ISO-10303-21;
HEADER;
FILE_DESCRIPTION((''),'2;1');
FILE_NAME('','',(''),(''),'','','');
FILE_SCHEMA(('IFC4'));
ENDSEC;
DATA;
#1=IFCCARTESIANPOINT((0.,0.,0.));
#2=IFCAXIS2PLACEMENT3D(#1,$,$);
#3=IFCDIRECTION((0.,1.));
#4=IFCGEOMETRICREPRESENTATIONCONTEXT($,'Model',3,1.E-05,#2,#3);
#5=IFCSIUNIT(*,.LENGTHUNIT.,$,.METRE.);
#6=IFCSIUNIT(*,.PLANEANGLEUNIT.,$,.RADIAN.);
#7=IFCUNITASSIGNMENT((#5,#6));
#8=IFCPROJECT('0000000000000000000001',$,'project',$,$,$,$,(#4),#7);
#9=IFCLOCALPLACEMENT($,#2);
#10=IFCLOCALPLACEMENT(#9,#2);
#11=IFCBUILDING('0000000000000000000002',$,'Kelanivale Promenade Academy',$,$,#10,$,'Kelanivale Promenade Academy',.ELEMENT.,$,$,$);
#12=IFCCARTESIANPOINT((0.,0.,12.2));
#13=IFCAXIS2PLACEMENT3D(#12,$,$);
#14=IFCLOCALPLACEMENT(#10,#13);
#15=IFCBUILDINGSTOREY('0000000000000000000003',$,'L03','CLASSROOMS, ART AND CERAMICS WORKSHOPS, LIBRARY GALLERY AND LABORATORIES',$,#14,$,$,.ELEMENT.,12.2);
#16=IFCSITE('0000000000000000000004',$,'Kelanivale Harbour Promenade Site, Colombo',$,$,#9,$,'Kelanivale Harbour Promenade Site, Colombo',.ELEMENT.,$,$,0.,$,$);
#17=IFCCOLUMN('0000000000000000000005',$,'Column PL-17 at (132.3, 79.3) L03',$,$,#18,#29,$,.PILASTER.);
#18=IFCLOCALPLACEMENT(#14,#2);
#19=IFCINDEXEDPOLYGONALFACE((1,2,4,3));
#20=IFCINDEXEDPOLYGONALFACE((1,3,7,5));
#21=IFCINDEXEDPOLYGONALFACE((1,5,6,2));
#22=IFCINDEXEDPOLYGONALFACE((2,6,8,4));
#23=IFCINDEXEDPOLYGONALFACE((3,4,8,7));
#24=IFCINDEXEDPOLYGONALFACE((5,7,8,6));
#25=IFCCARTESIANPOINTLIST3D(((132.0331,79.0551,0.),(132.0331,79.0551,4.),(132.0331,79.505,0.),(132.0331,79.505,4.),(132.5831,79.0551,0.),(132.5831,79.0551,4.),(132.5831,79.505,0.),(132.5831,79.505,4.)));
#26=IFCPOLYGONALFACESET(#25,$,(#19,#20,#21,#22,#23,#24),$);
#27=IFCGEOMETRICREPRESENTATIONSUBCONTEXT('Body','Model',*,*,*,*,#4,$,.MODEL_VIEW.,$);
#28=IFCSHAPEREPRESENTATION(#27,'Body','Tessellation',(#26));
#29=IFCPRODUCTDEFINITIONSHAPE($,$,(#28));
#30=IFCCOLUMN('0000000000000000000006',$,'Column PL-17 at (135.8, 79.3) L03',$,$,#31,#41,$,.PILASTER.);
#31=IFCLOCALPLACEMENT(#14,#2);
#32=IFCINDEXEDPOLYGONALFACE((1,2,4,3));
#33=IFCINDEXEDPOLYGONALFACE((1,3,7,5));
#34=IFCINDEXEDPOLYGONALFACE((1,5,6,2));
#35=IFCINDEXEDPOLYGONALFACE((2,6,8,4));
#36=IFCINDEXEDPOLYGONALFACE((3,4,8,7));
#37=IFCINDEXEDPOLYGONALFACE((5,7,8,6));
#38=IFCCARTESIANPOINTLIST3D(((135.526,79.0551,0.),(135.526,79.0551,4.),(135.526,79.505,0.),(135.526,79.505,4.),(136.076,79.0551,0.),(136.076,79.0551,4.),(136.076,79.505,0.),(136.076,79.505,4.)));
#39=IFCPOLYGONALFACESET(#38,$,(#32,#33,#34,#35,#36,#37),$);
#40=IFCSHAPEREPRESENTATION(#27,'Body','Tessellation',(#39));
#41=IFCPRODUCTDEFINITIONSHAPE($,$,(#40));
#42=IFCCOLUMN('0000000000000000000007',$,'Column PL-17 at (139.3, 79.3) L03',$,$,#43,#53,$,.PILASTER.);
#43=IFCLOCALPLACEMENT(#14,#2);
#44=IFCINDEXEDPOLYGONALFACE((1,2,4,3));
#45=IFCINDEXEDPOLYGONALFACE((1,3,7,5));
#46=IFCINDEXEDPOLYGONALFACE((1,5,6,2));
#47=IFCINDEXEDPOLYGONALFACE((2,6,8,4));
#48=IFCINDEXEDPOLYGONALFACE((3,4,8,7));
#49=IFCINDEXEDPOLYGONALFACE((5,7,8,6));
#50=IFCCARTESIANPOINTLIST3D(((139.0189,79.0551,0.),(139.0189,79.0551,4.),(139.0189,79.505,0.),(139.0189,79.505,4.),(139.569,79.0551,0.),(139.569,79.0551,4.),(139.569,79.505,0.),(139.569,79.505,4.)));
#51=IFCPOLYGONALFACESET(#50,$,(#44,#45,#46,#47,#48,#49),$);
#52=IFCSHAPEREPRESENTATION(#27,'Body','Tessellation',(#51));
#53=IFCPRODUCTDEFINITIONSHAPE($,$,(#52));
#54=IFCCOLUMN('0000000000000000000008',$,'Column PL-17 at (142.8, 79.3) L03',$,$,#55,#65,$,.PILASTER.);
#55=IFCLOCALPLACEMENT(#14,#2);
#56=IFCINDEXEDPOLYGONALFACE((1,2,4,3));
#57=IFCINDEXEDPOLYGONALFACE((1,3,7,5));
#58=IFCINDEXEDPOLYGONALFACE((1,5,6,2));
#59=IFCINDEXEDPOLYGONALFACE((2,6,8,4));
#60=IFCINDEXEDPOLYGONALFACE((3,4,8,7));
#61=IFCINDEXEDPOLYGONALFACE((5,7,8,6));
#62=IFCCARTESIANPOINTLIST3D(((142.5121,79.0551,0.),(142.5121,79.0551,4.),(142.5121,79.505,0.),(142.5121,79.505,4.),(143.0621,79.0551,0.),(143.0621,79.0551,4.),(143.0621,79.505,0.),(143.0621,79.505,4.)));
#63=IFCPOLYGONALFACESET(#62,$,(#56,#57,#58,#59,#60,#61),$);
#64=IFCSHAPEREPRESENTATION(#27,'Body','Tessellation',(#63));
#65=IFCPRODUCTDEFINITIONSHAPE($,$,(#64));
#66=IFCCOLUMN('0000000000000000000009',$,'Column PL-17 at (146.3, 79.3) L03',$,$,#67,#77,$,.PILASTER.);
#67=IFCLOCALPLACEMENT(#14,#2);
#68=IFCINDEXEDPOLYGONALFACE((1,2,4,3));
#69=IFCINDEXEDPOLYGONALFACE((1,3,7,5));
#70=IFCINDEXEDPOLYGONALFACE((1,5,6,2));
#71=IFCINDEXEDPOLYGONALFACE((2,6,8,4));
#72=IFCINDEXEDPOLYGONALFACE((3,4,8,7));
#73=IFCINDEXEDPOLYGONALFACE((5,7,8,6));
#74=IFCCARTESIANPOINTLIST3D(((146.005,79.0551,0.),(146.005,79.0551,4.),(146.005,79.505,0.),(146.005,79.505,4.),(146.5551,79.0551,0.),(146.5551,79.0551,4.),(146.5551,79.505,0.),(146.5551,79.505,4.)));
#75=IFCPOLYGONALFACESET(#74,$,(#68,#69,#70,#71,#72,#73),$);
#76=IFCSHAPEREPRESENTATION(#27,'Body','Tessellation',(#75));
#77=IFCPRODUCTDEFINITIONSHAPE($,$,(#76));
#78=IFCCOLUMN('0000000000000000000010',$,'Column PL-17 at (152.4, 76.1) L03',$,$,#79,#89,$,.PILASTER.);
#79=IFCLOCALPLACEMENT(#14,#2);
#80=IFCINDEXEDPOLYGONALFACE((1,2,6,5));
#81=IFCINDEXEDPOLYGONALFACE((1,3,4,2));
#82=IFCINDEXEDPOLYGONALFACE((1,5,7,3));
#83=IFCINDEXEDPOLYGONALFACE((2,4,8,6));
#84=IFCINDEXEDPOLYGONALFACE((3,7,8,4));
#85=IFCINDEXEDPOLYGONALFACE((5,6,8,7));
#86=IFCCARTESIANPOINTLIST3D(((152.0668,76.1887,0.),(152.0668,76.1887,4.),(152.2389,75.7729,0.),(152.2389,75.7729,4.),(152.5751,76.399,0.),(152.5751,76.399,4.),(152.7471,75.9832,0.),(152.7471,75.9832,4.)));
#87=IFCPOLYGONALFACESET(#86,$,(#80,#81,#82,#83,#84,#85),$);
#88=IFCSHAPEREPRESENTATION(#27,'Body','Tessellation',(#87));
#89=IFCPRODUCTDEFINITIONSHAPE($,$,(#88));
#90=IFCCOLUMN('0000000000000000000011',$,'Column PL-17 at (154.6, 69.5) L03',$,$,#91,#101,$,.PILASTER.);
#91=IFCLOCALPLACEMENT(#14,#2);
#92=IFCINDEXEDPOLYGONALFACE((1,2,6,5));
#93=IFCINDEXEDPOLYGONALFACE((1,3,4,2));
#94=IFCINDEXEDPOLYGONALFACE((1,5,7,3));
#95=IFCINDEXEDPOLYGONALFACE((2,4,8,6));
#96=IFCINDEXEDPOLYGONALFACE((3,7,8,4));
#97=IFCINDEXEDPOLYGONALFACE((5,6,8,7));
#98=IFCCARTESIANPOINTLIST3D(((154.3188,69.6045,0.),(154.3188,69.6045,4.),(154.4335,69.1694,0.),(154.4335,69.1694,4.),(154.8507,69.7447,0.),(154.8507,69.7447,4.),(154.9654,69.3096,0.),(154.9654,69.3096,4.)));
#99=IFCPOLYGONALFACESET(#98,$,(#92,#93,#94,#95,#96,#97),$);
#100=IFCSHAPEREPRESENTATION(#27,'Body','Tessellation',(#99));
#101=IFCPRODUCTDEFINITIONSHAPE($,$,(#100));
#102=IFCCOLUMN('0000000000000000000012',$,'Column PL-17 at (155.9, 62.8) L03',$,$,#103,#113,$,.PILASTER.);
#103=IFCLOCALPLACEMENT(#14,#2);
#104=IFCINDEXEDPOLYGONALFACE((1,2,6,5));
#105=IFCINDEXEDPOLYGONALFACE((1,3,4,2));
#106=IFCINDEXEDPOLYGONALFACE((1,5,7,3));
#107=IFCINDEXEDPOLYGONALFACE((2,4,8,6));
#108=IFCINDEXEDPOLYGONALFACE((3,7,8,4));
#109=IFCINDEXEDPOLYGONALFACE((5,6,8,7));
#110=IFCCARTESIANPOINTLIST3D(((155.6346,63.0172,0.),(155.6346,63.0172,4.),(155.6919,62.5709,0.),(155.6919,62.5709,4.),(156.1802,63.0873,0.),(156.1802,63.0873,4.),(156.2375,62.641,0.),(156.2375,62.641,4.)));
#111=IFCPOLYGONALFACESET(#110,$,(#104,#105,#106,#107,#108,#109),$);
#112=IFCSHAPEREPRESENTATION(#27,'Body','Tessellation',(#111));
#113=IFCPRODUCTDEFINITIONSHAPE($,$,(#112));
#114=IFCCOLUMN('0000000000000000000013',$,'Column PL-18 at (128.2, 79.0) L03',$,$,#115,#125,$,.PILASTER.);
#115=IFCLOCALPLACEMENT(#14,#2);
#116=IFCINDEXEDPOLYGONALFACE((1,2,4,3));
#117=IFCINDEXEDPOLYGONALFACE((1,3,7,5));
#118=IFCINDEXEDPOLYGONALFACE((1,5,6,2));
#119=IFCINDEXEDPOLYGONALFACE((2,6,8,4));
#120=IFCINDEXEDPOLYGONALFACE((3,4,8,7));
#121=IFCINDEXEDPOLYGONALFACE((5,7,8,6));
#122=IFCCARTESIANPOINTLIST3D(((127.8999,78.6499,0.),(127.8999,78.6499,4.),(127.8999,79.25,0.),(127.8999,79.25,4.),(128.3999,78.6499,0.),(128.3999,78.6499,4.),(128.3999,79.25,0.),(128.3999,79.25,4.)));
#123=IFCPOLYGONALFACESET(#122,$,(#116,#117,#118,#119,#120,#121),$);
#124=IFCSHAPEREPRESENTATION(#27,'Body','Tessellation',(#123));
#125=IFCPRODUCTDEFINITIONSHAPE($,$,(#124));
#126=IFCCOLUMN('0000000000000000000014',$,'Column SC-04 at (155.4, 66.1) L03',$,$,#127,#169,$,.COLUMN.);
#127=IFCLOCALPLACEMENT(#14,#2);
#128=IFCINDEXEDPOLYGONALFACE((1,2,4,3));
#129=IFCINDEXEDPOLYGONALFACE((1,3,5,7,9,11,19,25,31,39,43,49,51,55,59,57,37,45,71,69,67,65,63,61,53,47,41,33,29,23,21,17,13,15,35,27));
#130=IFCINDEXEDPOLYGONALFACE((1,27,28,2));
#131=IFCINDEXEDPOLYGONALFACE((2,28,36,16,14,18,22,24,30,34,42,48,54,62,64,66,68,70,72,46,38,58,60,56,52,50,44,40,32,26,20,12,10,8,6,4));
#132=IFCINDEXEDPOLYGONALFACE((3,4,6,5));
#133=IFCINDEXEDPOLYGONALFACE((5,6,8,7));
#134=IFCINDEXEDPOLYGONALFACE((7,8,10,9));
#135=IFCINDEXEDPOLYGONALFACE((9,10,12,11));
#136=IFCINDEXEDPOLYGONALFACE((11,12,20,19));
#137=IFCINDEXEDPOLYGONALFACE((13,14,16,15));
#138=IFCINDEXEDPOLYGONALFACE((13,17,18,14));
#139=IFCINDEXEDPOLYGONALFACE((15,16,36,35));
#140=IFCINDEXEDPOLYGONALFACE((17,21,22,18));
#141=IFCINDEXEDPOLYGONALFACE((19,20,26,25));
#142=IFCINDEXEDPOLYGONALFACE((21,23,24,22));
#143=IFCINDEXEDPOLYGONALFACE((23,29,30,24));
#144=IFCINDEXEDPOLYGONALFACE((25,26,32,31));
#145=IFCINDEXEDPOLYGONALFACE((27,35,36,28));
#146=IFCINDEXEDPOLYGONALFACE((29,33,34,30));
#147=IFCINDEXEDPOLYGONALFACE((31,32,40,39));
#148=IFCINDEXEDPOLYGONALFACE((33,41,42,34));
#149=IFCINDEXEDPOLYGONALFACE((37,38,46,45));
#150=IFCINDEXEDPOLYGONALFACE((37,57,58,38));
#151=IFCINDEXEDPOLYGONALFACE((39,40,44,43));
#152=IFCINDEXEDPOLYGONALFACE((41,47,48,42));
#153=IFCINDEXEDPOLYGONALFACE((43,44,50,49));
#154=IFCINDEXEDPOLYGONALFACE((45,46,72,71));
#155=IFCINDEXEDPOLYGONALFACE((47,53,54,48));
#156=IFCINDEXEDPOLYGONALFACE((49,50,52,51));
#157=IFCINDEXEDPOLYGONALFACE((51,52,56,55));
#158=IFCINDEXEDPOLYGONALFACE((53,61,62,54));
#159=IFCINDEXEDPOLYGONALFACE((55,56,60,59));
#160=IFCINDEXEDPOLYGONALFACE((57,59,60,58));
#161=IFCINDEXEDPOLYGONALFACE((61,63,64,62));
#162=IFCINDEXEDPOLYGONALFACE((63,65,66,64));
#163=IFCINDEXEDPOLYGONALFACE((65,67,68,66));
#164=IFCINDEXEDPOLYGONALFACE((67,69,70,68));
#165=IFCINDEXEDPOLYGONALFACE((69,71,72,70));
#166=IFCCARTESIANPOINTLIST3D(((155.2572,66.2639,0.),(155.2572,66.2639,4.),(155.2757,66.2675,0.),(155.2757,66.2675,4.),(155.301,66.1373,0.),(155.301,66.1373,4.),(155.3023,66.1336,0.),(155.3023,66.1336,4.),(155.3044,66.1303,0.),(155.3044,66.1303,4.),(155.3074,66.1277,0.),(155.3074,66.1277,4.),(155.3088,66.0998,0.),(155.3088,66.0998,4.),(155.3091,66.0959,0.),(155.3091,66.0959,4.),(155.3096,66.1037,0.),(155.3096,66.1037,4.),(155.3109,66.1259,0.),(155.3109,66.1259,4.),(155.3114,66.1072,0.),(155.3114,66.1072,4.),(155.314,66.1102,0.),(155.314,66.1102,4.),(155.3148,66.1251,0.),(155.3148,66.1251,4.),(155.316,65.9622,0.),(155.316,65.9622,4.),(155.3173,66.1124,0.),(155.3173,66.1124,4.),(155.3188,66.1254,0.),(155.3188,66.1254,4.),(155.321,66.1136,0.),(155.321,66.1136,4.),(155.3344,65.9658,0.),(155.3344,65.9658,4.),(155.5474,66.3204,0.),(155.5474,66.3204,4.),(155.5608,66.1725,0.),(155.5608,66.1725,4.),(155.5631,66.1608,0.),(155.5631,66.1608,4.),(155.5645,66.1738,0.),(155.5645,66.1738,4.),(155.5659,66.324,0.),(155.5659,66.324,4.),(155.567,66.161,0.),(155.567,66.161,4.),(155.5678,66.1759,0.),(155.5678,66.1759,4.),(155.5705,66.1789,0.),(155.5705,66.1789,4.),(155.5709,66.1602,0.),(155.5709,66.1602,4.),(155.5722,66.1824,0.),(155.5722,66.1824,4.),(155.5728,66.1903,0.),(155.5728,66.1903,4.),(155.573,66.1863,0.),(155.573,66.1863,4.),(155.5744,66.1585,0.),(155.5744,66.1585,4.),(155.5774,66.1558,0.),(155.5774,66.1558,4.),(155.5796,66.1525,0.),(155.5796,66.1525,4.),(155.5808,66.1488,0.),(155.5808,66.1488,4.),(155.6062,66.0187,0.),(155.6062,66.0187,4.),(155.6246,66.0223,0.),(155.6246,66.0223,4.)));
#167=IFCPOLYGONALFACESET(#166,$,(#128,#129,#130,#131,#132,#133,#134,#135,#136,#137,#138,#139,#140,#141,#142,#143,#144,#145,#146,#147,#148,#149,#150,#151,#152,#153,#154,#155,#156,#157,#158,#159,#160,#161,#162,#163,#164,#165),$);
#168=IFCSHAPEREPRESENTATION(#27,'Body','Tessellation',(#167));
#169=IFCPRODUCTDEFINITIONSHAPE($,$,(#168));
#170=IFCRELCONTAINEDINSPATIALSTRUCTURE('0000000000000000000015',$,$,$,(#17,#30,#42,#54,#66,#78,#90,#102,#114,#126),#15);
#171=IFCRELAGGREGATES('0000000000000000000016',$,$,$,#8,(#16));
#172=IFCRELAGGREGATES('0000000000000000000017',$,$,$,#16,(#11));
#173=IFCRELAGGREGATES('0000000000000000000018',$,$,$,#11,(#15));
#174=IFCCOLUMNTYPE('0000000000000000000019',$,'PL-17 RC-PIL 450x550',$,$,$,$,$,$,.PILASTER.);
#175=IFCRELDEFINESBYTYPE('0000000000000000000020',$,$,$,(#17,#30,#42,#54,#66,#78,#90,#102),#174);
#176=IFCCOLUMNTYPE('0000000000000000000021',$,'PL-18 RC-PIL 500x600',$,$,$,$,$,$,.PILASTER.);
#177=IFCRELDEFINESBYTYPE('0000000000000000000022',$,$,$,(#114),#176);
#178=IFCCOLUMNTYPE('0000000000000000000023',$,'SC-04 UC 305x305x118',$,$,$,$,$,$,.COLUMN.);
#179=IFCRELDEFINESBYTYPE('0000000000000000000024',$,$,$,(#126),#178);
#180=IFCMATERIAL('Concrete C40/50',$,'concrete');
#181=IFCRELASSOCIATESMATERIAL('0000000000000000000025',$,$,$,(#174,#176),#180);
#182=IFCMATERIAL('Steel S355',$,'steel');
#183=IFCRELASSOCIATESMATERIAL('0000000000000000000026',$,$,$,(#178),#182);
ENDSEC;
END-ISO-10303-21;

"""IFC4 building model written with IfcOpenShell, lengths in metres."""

from ifc_helpers import new_model, si_unit, direction, frame, origin, origin_2d, place, context, subcontext, project, spatial, rectangle, i_section, extrude, material, material_profile, profile_set, type_object, element, save


model = new_model("IFC4")

# Units and contexts
model_context = context("Model", 3, precision=1e-05, world=origin(), true_north=direction((0.0, 1.0)))
body_context = subcontext(model_context, "Body", "Model", "MODEL_VIEW")
ifc_project = project(units=[si_unit("LENGTHUNIT", "METRE"), si_unit("PLANEANGLEUNIT", "RADIAN")], contexts=[model_context])

# Site, building, storey
site_placement = place(None, origin())
site = spatial("IfcSite", under=ifc_project, at=site_placement, Name="Kelanivale Harbour Promenade Site, Colombo", LongName="Kelanivale Harbour Promenade Site, Colombo", CompositionType="ELEMENT", RefElevation=0.0)
building_placement = place(site_placement, origin())
building = spatial("IfcBuilding", under=site, at=building_placement, Name="Kelanivale Promenade Academy", LongName="Kelanivale Promenade Academy", CompositionType="ELEMENT")
storey_placement = place(building_placement, frame((0.0, 0.0, 12.2)))
storey = spatial("IfcBuildingStorey", under=building, at=storey_placement, Name="L03", Description="CLASSROOMS, ART AND CERAMICS WORKSHOPS, LIBRARY GALLERY AND LABORATORIES", CompositionType="ELEMENT", Elevation=12.2)

# Columns
ifc_material_1 = material(Name="Concrete C40/50", Category="concrete")
ifc_material_profile_1 = material_profile(ifc_material_1, rectangle(XDim=0.45, YDim=0.55, at=origin_2d()), Name="RC-PIL 450x550")
ifc_profile_set_1 = profile_set([ifc_material_profile_1], Name="Concrete C40/50")
column_type_1 = type_object("IfcColumnType", Name="PL-17 RC-PIL 450x550", PredefinedType="PILASTER", material=ifc_profile_set_1)
for number, where, z_axis, x_axis, name in (
    (1, (132.3081, 79.28, 0.0), (0.0, 0.0, 1.0), (0.0, 1.0, 0.0), "Column PL-17 at (132.3, 79.3) L03"),
    (2, (135.801, 79.28, 0.0), (0.0, 0.0, 1.0), (0.0, 1.0, 0.0), "Column PL-17 at (135.8, 79.3) L03"),
    (3, (139.2939, 79.28, 0.0), (0.0, 0.0, 1.0), (0.0, 1.0, 0.0), "Column PL-17 at (139.3, 79.3) L03"),
    (4, (142.7871, 79.28, 0.0), (0.0, 0.0, 1.0), (0.0, 1.0, 0.0), "Column PL-17 at (142.8, 79.3) L03"),
    (5, (146.28, 79.28, 0.0), (0.0, 0.0, 1.0), (0.0, 1.0, 0.0), "Column PL-17 at (146.3, 79.3) L03"),
    (6, (152.407, 76.0859, 0.0), (0.0, 0.0, 1.0), (-0.382361, 0.924013, 0.0), "Column PL-17 at (152.4, 76.1) L03"),
    (7, (154.6421, 69.457, 0.0), (0.0, 0.0, 1.0), (-0.254939, 0.966957, 0.0), "Column PL-17 at (154.6, 69.5) L03"),
    (8, (155.936, 62.8291, 0.0), (0.0, 0.0, 1.0), (-0.127411, 0.99185, 0.0), "Column PL-17 at (155.9, 62.8) L03"),
):
    element("IfcColumn", number, at=place(storey_placement, frame(where, z_axis=z_axis, x_axis=x_axis)), inside=storey, type_object=column_type_1, Name=name, PredefinedType="PILASTER", context=body_context, shape_type="SweptSolid", body=[
        extrude(rectangle(XDim=0.45, YDim=0.55, at=origin_2d()), origin(), (0.0, 0.0, 1.0), 4.0),
    ])
ifc_material_profile_2 = material_profile(ifc_material_1, rectangle(XDim=0.5, YDim=0.6001, at=origin_2d()), Name="RC-PIL 500x600")
ifc_profile_set_2 = profile_set([ifc_material_profile_2], Name="Concrete C40/50")
column_type_2 = type_object("IfcColumnType", Name="PL-18 RC-PIL 500x600", PredefinedType="PILASTER", material=ifc_profile_set_2)
column_1_placement = place(storey_placement, frame((128.1499, 78.95, 0.0), z_axis=(0.0, 0.0, 1.0), x_axis=(1.0, 0.0, 0.0)))
element("IfcColumn", 9, at=column_1_placement, inside=storey, type_object=column_type_2, Name="Column PL-18 at (128.2, 79.0) L03", PredefinedType="PILASTER", context=body_context, shape_type="SweptSolid", body=[
    extrude(rectangle(XDim=0.5, YDim=0.6001, at=origin_2d()), origin(), (0.0, 0.0, 1.0), 4.0),
])
ifc_material_2 = material(Name="Steel S355", Category="steel")
ifc_material_profile_3 = material_profile(ifc_material_2, i_section(OverallWidth=0.3074, OverallDepth=0.3145, WebThickness=0.012, FlangeThickness=0.0188, FilletRadius=0.0151, at=origin_2d()), Name="UC 305x305x118")
ifc_profile_set_3 = profile_set([ifc_material_profile_3], Name="Steel S355")
column_type_3 = type_object("IfcColumnType", Name="SC-04 UC 305x305x118", PredefinedType="COLUMN", material=ifc_profile_set_3)
column_2_placement = place(storey_placement, frame((155.4409, 66.1431, 0.0), z_axis=(0.0, 0.0, 1.0), x_axis=(-0.191152, 0.981561, 0.0)))
element("IfcColumn", 10, at=column_2_placement, inside=storey, type_object=column_type_3, Name="Column SC-04 at (155.4, 66.1) L03", PredefinedType="COLUMN", context=body_context, shape_type="SweptSolid", body=[
    extrude(i_section(OverallWidth=0.3074, OverallDepth=0.3145, WebThickness=0.012, FlangeThickness=0.0188, FilletRadius=0.0151, at=origin_2d()), origin(), (0.0, 0.0, 1.0), 4.0),
])

save(model, "model.ifc")
